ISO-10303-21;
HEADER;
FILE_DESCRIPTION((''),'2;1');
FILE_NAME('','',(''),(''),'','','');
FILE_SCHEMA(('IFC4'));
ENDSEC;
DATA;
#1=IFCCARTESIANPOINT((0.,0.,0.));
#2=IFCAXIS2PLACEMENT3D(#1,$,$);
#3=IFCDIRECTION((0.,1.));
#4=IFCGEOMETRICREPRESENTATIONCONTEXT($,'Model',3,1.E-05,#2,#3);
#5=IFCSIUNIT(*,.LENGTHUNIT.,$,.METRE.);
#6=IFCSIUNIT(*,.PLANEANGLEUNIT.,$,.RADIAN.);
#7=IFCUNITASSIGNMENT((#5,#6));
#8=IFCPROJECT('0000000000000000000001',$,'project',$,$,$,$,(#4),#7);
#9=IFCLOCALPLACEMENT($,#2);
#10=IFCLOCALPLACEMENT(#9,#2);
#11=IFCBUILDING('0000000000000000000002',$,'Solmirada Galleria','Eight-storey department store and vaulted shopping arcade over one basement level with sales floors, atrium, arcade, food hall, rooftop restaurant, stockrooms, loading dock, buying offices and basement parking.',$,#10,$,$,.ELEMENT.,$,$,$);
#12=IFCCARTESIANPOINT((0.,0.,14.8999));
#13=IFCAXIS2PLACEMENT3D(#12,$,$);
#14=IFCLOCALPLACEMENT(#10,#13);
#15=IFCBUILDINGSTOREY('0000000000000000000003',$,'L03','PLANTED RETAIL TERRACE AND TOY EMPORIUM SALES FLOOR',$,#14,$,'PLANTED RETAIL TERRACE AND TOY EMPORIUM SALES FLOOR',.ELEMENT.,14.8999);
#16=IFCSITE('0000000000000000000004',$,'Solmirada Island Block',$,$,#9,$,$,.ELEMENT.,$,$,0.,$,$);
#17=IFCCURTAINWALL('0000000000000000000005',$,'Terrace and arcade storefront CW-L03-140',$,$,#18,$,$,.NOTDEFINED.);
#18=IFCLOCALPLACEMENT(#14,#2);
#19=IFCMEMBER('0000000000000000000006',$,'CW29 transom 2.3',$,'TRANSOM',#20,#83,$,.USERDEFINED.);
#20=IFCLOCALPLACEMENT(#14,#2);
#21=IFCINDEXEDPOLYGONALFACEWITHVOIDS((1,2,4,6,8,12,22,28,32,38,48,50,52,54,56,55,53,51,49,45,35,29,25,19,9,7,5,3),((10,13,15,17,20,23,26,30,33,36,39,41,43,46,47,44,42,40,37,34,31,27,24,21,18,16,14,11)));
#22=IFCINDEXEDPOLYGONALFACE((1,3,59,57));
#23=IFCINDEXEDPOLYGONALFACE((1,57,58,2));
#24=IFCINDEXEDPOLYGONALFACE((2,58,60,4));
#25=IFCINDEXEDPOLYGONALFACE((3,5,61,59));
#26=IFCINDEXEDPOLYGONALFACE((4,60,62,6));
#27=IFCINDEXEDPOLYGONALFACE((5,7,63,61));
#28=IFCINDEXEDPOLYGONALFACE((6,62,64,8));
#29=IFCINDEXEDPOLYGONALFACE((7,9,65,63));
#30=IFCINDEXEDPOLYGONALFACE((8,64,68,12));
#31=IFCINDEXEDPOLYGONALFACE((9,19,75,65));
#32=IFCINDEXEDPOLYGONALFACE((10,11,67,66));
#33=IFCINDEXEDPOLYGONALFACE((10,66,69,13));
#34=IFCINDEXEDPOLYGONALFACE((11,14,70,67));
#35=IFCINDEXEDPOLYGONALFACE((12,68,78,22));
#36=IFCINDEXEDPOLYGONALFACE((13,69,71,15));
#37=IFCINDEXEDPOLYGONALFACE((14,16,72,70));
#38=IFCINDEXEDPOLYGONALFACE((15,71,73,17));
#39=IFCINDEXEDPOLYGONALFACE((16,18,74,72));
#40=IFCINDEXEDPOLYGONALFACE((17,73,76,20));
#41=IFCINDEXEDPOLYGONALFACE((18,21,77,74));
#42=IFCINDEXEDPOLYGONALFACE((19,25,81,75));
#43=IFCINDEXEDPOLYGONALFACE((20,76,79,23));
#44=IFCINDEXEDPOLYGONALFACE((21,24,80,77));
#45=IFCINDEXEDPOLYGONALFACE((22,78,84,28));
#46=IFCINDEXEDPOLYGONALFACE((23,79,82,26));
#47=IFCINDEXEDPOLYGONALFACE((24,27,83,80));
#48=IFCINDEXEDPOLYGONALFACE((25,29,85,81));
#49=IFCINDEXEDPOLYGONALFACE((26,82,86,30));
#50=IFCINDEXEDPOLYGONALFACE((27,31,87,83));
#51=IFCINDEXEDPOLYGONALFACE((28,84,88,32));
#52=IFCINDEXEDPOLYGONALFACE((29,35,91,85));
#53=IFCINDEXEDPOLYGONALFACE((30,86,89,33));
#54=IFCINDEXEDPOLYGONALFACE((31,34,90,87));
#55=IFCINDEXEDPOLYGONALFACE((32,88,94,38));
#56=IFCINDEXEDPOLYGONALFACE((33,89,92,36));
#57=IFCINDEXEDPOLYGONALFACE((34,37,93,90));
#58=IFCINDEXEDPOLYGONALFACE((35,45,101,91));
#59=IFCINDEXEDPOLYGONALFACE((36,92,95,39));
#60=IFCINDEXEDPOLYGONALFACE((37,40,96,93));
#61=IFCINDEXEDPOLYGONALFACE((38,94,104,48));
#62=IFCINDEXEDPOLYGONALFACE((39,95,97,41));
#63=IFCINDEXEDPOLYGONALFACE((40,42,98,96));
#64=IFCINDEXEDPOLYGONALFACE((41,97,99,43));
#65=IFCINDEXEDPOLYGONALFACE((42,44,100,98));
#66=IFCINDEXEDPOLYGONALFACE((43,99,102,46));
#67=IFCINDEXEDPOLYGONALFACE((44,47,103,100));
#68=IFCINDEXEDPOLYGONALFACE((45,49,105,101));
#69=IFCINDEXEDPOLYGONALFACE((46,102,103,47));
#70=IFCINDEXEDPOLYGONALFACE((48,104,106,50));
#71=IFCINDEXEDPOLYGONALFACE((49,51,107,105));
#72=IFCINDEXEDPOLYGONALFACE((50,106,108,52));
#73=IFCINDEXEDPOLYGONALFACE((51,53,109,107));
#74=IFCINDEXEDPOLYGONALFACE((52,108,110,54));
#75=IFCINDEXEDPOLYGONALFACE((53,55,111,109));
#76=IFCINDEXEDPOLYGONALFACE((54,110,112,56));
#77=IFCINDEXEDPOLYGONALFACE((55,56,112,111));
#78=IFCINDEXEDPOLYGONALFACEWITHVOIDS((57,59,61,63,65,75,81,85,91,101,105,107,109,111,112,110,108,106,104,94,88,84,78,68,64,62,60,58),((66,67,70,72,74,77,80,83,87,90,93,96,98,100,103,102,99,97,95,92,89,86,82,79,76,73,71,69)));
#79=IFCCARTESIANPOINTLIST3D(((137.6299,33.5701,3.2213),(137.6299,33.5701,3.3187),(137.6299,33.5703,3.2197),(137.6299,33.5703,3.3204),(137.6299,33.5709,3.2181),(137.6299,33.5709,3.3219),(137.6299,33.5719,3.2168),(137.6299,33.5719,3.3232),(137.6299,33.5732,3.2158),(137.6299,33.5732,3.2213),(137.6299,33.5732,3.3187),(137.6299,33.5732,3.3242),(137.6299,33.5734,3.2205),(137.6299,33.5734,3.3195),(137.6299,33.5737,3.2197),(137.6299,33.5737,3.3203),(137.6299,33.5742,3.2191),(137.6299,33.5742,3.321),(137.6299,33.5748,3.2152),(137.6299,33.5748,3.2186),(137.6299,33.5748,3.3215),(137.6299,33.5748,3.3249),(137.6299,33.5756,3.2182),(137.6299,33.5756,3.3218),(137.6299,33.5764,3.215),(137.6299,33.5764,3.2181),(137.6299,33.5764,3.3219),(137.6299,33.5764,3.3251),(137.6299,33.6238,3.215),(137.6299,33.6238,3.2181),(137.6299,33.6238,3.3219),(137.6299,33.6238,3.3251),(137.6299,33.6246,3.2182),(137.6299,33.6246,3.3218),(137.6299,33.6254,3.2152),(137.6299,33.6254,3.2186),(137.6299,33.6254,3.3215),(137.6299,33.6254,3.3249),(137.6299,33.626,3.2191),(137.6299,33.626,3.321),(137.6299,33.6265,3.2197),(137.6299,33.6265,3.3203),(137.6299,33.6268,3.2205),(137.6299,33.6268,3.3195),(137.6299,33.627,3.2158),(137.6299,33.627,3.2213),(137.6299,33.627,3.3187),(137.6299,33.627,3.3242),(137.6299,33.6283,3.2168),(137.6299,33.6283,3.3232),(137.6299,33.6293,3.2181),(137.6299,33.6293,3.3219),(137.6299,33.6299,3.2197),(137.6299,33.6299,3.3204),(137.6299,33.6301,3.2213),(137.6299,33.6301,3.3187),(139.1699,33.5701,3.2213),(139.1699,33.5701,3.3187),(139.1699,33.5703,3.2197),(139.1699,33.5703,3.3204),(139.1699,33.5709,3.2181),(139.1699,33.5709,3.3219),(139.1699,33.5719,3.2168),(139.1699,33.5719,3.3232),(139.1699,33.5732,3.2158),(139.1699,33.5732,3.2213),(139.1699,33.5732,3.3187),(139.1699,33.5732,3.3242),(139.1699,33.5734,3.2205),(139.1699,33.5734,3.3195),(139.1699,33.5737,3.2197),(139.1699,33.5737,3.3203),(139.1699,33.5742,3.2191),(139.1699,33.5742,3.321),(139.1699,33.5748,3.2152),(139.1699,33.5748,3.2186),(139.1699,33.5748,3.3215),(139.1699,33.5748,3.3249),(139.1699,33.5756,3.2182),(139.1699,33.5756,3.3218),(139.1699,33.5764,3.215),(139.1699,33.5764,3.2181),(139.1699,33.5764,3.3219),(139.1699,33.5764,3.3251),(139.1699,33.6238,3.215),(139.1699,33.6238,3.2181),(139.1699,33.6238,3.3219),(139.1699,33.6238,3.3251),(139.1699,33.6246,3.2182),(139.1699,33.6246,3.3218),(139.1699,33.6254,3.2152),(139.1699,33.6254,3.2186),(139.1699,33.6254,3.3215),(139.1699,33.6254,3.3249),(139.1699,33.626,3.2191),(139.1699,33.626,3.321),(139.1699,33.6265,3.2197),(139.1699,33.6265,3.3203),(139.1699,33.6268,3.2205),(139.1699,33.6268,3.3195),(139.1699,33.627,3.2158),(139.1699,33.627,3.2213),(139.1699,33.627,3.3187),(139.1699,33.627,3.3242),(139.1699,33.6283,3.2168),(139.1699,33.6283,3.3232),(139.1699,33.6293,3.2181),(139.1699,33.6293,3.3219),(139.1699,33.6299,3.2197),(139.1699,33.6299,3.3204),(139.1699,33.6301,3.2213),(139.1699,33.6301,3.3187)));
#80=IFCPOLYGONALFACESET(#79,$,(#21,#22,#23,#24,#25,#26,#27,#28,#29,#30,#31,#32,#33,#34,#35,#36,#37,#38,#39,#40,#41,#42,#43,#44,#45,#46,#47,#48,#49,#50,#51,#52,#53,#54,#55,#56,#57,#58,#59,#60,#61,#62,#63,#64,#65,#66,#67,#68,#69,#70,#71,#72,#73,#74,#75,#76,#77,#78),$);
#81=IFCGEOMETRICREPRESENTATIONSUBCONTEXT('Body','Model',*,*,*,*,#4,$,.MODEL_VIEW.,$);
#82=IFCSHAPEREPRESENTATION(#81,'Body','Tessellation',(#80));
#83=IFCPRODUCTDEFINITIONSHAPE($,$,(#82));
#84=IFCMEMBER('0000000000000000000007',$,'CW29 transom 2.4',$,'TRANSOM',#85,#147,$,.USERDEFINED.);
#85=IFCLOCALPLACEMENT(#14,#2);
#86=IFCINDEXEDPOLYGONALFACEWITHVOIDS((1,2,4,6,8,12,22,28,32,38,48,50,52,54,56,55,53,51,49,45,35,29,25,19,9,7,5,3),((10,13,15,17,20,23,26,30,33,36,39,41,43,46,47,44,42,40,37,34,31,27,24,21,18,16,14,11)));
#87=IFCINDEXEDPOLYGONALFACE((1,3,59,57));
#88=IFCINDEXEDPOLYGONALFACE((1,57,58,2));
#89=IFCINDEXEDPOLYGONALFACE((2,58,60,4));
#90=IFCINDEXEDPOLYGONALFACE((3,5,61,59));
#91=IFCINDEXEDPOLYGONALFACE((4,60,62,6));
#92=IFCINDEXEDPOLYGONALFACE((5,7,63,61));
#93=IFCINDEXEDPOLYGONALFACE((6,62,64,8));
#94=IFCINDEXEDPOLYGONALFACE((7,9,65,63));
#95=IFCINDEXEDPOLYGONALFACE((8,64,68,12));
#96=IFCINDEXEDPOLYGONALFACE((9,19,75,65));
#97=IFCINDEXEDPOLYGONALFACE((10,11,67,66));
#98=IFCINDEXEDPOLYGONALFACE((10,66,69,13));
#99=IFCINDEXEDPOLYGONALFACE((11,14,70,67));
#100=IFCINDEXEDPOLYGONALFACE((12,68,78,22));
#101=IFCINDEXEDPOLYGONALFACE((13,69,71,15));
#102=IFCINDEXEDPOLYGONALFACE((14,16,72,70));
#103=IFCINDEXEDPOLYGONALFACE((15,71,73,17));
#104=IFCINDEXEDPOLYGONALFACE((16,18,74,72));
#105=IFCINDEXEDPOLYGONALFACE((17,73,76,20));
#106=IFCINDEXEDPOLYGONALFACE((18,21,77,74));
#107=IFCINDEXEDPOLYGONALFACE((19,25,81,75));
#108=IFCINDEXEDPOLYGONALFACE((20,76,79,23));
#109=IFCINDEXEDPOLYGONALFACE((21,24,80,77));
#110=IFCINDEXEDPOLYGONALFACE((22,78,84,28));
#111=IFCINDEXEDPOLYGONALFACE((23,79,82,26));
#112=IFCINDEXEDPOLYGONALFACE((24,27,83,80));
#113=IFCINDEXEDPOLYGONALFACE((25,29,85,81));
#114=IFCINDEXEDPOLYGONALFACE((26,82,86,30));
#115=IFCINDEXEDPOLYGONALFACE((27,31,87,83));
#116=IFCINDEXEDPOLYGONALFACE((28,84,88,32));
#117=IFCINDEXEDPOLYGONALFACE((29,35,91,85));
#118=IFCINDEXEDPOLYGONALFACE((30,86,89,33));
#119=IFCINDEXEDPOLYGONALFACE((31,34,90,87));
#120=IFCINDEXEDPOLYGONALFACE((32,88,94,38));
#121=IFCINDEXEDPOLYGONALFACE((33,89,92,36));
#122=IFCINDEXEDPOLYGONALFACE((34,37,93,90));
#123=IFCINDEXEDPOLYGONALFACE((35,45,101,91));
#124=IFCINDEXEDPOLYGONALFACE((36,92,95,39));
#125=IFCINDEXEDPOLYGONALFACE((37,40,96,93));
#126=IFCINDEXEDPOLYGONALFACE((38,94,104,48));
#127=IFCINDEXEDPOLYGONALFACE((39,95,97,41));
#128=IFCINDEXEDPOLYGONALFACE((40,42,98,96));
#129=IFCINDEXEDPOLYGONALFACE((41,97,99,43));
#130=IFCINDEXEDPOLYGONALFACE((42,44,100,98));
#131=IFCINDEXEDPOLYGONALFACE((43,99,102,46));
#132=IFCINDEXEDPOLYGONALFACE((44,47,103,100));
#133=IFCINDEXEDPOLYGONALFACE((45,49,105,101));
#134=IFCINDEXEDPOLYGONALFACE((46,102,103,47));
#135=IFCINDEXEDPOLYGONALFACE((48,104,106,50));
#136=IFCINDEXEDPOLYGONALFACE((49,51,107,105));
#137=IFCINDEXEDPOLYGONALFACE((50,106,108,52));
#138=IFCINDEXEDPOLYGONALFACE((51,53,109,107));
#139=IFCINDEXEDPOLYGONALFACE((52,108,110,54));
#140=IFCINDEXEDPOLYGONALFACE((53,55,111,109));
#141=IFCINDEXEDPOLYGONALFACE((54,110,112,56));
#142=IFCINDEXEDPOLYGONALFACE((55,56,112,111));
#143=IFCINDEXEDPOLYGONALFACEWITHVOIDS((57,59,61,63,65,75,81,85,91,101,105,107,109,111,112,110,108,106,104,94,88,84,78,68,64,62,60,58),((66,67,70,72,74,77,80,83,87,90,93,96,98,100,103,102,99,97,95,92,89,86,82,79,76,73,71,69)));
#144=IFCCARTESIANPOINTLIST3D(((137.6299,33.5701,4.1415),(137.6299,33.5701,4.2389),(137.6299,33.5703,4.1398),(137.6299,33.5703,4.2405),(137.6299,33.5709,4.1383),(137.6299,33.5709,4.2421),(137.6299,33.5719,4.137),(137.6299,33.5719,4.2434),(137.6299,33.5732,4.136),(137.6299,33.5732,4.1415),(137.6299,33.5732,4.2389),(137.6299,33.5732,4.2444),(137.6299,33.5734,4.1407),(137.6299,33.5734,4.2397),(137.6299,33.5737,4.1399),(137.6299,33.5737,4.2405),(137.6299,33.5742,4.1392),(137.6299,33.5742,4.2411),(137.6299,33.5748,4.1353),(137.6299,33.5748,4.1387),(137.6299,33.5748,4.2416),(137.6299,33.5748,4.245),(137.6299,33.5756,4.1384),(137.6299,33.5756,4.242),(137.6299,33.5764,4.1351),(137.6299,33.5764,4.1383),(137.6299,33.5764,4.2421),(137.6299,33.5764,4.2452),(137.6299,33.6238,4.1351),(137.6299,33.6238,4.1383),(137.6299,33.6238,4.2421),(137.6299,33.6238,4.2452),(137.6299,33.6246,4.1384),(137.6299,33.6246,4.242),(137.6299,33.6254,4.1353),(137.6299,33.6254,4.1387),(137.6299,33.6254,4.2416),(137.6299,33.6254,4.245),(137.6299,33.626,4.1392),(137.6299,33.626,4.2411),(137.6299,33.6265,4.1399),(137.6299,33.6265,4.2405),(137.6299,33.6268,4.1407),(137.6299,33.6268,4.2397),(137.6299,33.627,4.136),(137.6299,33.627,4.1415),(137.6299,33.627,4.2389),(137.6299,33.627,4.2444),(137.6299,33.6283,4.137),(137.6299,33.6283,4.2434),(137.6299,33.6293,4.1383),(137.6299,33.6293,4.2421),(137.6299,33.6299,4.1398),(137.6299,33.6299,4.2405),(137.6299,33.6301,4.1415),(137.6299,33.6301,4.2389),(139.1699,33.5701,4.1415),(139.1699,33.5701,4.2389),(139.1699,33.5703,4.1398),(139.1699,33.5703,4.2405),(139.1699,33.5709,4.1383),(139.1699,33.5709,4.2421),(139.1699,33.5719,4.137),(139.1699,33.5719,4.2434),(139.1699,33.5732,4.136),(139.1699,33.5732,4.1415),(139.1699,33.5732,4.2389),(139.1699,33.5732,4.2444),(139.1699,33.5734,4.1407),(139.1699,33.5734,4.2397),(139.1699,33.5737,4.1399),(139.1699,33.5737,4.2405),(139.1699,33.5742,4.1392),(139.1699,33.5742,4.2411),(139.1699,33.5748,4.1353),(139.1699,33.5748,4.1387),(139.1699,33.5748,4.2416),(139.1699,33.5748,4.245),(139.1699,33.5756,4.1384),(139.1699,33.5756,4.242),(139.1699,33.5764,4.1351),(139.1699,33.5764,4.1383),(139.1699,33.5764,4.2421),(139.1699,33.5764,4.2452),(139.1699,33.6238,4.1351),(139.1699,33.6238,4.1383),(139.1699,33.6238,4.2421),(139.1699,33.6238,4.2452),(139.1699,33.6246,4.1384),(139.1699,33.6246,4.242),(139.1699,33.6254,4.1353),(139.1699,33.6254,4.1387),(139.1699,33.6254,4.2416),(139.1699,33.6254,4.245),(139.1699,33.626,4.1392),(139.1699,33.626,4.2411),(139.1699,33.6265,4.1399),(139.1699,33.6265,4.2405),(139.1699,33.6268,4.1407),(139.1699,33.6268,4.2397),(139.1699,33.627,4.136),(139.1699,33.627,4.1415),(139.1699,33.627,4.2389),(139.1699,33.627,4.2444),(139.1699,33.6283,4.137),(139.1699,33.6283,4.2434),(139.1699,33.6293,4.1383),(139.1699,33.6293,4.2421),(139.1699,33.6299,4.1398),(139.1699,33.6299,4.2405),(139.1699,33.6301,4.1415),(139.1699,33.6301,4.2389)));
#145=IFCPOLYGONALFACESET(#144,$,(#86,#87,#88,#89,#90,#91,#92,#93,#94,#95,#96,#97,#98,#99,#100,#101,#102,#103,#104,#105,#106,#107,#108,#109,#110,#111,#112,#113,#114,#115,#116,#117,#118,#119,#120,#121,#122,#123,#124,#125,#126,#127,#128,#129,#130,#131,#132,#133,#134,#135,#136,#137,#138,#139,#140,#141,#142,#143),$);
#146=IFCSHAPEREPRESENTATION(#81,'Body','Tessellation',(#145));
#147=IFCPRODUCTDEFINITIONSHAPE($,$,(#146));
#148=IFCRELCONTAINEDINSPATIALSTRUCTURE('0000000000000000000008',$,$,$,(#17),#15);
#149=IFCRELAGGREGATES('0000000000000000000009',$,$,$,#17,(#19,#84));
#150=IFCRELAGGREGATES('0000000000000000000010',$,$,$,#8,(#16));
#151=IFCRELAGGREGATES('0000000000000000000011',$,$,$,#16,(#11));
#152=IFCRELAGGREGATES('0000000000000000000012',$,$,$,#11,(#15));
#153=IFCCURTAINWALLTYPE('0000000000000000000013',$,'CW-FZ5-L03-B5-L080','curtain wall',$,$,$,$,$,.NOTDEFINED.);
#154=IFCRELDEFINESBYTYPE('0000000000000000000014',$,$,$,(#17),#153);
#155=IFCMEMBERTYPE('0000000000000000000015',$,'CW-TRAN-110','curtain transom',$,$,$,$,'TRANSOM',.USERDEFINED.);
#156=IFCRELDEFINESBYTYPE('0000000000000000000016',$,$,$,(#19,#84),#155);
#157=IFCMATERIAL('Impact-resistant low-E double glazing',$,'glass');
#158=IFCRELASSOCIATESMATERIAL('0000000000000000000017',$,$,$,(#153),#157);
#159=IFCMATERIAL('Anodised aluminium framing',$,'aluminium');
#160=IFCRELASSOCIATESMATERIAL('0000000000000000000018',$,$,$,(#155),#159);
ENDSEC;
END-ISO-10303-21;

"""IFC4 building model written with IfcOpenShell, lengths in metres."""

from ifc_helpers import new_model, si_unit, direction, frame, origin, origin_2d, place, context, subcontext, project, spatial, hollow_rectangle, extrude, material, material_profile, profile_set, type_object, element, aggregate, save


model = new_model("IFC4")

# Units and contexts
model_context = context("Model", 3, precision=1e-05, world=origin(), true_north=direction((0.0, 1.0)))
body_context = subcontext(model_context, "Body", "Model", "MODEL_VIEW")
ifc_project = project(units=[si_unit("LENGTHUNIT", "METRE"), si_unit("PLANEANGLEUNIT", "RADIAN")], contexts=[model_context])

# Site, building, storey
site_placement = place(None, origin())
site = spatial("IfcSite", under=ifc_project, at=site_placement, Name="Solmirada Island Block", CompositionType="ELEMENT", RefElevation=0.0)
building_placement = place(site_placement, origin())
building = spatial("IfcBuilding", under=site, at=building_placement, Name="Solmirada Galleria", Description="Eight-storey department store and vaulted shopping arcade over one basement level with sales floors, atrium, arcade, food hall, rooftop restaurant, stockrooms, loading dock, buying offices and basement parking.", CompositionType="ELEMENT")
storey_placement = place(building_placement, frame((0.0, 0.0, 14.8999)))
storey = spatial("IfcBuildingStorey", under=building, at=storey_placement, Name="L03", Description="PLANTED RETAIL TERRACE AND TOY EMPORIUM SALES FLOOR", LongName="PLANTED RETAIL TERRACE AND TOY EMPORIUM SALES FLOOR", CompositionType="ELEMENT", Elevation=14.8999)

# Curtain wall
ifc_material_1 = material(Name="Impact-resistant low-E double glazing", Category="glass")
curtain_wall_type = type_object("IfcCurtainWallType", Name="CW-FZ5-L03-B5-L080", Description="curtain wall", PredefinedType="NOTDEFINED", material=ifc_material_1)
ifc_material_2 = material(Name="Anodised aluminium framing", Category="aluminium")
curtain_wall_1_placement = place(storey_placement, origin())
curtain_wall_1 = element("IfcCurtainWall", 1, at=curtain_wall_1_placement, inside=storey, type_object=curtain_wall_type, Name="Terrace and arcade storefront CW-L03-140", PredefinedType="NOTDEFINED")

# Members
ifc_material_profile_1 = material_profile(ifc_material_2, hollow_rectangle(XDim=0.0601, YDim=0.1101, WallThickness=0.0032, InnerFilletRadius=0.0032, OuterFilletRadius=0.0063, at=origin_2d()), Name="ALU-TRAN-110X60")
ifc_profile_set_1 = profile_set([ifc_material_profile_1], Name="Anodised aluminium framing")
member_type_1 = type_object("IfcMemberType", Name="CW-TRAN-110", Description="curtain transom", ElementType="TRANSOM", PredefinedType="USERDEFINED", material=ifc_profile_set_1)
member_1_placement = place(storey_placement, frame((137.6299, 33.6001, 3.27), z_axis=(1.0, 0.0, 0.0), x_axis=(0.0, 1.0, 0.0)))
member_1 = element("IfcMember", 2, at=member_1_placement, type_object=member_type_1, Name="CW29 transom 2.3", ObjectType="TRANSOM", PredefinedType="USERDEFINED", context=body_context, shape_type="SweptSolid", body=[
    extrude(hollow_rectangle(XDim=0.0601, YDim=0.1101, WallThickness=0.0032, InnerFilletRadius=0.0032, OuterFilletRadius=0.0063, at=origin_2d()), origin(), (0.0, 0.0, 1.0), 1.54),
])
member_2_placement = place(storey_placement, frame((137.6299, 33.6001, 4.1902), z_axis=(1.0, 0.0, 0.0), x_axis=(0.0, 1.0, 0.0)))
member_2 = element("IfcMember", 3, at=member_2_placement, type_object=member_type_1, Name="CW29 transom 2.4", ObjectType="TRANSOM", PredefinedType="USERDEFINED", context=body_context, shape_type="SweptSolid", body=[
    extrude(hollow_rectangle(XDim=0.0601, YDim=0.1101, WallThickness=0.0032, InnerFilletRadius=0.0032, OuterFilletRadius=0.0063, at=origin_2d()), origin(), (0.0, 0.0, 1.0), 1.54),
])

aggregate(curtain_wall_1, [member_1, member_2])

save(model, "model.ifc")
